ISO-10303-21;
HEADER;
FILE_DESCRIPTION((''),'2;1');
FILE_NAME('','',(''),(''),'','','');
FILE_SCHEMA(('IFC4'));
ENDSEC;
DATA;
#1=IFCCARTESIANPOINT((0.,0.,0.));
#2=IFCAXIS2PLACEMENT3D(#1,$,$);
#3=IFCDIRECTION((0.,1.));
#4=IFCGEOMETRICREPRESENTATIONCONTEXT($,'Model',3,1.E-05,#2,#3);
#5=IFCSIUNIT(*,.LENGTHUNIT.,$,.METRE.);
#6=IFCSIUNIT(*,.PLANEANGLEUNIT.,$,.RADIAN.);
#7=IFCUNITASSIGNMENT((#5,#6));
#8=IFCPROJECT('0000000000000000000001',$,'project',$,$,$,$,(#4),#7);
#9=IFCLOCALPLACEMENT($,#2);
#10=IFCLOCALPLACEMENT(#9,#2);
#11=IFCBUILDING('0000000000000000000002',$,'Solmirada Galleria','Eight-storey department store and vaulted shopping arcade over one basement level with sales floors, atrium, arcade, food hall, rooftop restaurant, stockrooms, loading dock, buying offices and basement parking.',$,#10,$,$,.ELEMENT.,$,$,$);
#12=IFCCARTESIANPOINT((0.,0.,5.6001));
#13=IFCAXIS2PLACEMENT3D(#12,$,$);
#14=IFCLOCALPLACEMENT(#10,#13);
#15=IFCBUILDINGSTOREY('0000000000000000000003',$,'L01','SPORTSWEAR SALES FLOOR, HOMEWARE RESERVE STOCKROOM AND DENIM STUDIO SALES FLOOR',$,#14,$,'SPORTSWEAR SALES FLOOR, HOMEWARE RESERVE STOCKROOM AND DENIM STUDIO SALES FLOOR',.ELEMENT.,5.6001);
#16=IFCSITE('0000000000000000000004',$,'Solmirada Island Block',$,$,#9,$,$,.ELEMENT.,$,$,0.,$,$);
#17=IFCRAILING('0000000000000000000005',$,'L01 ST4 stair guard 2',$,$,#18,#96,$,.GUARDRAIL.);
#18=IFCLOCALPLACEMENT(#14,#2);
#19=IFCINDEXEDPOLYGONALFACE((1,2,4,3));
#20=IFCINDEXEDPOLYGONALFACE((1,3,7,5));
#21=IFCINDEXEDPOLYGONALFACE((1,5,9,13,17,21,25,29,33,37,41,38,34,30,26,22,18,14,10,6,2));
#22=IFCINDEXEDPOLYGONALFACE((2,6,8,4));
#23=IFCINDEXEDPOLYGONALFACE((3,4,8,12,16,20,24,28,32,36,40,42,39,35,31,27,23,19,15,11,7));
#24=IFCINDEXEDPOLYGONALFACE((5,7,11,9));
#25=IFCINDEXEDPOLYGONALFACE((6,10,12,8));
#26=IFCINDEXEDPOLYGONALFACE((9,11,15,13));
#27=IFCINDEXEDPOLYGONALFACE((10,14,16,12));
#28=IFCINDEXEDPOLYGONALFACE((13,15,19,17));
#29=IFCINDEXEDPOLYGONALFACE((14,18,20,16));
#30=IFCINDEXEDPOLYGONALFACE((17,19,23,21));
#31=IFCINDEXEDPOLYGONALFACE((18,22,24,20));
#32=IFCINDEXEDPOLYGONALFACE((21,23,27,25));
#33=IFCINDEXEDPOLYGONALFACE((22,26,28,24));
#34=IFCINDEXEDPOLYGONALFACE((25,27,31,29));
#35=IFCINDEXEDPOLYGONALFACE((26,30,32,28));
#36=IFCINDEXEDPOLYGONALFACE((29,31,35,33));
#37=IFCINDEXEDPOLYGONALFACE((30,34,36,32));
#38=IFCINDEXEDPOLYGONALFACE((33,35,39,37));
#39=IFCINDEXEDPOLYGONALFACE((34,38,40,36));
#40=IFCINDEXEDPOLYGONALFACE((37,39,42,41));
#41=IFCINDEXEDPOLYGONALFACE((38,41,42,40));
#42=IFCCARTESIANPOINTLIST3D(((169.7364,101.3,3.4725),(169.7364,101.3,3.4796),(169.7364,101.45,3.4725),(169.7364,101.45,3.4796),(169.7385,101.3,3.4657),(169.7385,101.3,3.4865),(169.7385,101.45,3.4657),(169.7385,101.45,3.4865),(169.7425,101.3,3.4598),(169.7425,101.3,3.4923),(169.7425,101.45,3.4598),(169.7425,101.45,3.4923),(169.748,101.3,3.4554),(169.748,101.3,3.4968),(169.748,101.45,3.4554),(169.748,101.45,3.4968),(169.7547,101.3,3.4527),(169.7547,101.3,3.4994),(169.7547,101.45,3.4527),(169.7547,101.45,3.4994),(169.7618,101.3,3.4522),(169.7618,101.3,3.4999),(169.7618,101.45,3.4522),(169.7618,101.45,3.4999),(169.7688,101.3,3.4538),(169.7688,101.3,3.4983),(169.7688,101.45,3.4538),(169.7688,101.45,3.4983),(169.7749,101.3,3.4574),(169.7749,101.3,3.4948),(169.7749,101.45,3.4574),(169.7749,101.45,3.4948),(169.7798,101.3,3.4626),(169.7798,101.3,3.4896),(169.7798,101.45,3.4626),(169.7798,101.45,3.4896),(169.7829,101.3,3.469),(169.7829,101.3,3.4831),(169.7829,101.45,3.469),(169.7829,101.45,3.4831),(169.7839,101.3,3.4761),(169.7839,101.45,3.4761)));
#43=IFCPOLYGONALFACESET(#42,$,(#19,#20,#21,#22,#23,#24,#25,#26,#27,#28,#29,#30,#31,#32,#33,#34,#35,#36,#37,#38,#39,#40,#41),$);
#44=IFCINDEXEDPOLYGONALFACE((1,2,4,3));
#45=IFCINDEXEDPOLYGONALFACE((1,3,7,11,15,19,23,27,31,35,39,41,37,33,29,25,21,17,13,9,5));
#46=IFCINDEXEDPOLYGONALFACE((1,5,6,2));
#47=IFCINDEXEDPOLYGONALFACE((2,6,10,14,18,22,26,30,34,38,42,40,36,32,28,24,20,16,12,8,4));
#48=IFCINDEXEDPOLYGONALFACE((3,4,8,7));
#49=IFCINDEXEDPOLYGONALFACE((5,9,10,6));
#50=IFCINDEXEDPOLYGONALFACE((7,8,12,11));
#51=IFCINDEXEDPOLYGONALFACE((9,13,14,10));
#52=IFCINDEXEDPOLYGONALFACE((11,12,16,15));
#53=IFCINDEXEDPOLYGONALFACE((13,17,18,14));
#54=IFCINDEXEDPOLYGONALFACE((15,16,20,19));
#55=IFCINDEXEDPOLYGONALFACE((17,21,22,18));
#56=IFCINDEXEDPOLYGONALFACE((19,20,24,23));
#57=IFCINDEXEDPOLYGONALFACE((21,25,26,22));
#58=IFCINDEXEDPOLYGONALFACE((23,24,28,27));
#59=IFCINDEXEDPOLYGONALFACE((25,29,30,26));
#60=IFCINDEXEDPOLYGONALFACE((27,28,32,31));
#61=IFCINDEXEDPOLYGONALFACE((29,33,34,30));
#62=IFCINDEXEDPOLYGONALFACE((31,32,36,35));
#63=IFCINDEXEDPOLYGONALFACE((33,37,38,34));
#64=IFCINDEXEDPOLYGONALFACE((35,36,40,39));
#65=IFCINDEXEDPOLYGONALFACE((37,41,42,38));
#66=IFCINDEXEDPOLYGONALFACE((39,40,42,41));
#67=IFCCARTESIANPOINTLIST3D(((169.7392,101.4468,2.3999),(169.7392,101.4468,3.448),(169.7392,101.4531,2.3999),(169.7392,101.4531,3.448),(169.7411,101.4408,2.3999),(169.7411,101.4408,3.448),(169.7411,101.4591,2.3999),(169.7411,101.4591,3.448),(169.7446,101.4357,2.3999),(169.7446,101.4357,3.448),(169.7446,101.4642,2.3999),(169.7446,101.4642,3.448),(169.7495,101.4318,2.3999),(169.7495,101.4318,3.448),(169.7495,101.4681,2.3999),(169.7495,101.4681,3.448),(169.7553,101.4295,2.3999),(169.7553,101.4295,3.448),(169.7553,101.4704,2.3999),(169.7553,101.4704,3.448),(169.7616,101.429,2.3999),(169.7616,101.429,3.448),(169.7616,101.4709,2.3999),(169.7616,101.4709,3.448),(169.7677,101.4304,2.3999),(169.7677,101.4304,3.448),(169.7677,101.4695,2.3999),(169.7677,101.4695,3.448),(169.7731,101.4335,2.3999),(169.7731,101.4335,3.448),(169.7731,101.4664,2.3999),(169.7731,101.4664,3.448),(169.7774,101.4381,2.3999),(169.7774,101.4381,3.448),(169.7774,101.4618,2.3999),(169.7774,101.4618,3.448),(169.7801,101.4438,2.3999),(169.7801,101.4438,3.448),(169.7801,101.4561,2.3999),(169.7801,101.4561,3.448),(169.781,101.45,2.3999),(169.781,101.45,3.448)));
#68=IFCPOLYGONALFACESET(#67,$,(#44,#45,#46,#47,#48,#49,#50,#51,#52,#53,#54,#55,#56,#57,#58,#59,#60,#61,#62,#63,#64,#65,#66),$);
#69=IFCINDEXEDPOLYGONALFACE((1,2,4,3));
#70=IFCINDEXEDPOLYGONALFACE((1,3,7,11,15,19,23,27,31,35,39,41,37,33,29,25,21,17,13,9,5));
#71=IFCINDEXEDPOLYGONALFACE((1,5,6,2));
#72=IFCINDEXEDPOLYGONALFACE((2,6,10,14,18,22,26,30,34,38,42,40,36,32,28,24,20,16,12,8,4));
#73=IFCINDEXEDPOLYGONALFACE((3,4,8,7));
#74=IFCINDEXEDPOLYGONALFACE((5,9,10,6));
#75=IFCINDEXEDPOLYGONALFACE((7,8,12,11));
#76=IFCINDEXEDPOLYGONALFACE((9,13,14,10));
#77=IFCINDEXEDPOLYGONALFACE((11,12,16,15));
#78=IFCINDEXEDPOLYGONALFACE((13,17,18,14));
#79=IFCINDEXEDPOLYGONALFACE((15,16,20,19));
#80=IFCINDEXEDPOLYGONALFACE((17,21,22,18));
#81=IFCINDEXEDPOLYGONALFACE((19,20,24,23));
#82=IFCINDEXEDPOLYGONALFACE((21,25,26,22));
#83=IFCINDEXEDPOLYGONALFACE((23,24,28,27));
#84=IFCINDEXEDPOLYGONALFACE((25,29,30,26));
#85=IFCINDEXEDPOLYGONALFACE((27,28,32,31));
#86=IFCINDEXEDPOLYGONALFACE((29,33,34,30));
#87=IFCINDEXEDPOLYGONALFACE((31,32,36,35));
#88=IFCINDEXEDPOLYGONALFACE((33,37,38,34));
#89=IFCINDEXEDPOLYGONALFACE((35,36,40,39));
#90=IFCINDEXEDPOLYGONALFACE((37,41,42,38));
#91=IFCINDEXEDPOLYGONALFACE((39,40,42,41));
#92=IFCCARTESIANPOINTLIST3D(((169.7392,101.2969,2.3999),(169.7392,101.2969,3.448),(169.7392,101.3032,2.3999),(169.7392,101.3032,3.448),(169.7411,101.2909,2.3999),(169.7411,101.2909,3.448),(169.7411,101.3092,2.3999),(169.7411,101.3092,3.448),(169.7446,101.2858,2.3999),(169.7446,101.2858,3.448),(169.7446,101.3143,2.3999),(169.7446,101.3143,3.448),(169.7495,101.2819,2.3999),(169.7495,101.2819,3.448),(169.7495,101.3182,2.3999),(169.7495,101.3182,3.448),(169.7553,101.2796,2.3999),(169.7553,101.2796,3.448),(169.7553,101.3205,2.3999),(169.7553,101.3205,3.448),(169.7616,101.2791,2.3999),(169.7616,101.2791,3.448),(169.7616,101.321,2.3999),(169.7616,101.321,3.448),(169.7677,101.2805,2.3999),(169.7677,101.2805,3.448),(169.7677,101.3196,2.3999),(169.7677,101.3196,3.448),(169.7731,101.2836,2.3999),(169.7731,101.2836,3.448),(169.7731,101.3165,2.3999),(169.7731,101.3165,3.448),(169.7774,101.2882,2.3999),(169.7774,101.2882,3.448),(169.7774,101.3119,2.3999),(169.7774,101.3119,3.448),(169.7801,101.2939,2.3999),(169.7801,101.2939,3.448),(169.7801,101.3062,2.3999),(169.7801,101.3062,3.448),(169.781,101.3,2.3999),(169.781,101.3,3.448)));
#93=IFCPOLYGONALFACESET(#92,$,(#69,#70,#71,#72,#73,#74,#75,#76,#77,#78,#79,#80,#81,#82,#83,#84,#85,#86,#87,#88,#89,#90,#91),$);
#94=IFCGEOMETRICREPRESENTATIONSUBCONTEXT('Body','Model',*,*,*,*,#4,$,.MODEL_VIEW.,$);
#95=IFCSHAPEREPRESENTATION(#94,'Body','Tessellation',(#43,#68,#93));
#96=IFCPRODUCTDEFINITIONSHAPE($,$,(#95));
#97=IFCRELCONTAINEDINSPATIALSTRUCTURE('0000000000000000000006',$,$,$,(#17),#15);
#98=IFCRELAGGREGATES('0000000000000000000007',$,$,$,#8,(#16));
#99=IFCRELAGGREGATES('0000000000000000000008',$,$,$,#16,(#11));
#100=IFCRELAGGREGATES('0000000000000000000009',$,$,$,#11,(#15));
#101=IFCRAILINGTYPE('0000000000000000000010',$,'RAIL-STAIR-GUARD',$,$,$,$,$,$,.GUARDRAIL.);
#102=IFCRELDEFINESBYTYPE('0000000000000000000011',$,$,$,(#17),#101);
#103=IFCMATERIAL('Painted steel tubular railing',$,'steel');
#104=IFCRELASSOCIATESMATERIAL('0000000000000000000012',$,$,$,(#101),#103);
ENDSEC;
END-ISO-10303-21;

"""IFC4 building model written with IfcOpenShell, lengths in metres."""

from ifc_helpers import new_model, si_unit, direction, frame, origin, origin_2d, place, context, subcontext, project, spatial, circle, extrude, material, type_object, element, save


model = new_model("IFC4")

# Units and contexts
model_context = context("Model", 3, precision=1e-05, world=origin(), true_north=direction((0.0, 1.0)))
body_context = subcontext(model_context, "Body", "Model", "MODEL_VIEW")
ifc_project = project(units=[si_unit("LENGTHUNIT", "METRE"), si_unit("PLANEANGLEUNIT", "RADIAN")], contexts=[model_context])

# Site, building, storey
site_placement = place(None, origin())
site = spatial("IfcSite", under=ifc_project, at=site_placement, Name="Solmirada Island Block", CompositionType="ELEMENT", RefElevation=0.0)
building_placement = place(site_placement, origin())
building = spatial("IfcBuilding", under=site, at=building_placement, Name="Solmirada Galleria", Description="Eight-storey department store and vaulted shopping arcade over one basement level with sales floors, atrium, arcade, food hall, rooftop restaurant, stockrooms, loading dock, buying offices and basement parking.", CompositionType="ELEMENT")
storey_placement = place(building_placement, frame((0.0, 0.0, 5.6001)))
storey = spatial("IfcBuildingStorey", under=building, at=storey_placement, Name="L01", Description="SPORTSWEAR SALES FLOOR, HOMEWARE RESERVE STOCKROOM AND DENIM STUDIO SALES FLOOR", LongName="SPORTSWEAR SALES FLOOR, HOMEWARE RESERVE STOCKROOM AND DENIM STUDIO SALES FLOOR", CompositionType="ELEMENT", Elevation=5.6001)

# Railing
ifc_material_1 = material(Name="Painted steel tubular railing", Category="steel")
railing_type_1 = type_object("IfcRailingType", Name="RAIL-STAIR-GUARD", PredefinedType="GUARDRAIL", material=ifc_material_1)
railing_1_placement = place(storey_placement, frame((169.76, 101.45, 2.3999)))
element("IfcRailing", 1, at=railing_1_placement, inside=storey, type_object=railing_type_1, Name="L01 ST4 stair guard 2", PredefinedType="GUARDRAIL", context=body_context, shape_type="SweptSolid", body=[
    extrude(circle(Radius=0.0239, at=origin_2d()), frame((0.0, 0.0, 1.0762), z_axis=(0.0, -1.0, 0.0), x_axis=(1.0, 0.0, 0.0)), (0.0, 0.0, 1.0), 0.1499),
    extrude(circle(Radius=0.021, at=origin_2d()), origin(), (0.0, 0.0, 1.0), 1.0481),
    extrude(circle(Radius=0.021, at=origin_2d()), frame((0.0, -0.1499, 0.0)), (0.0, 0.0, 1.0), 1.0481),
])

save(model, "model.ifc")
